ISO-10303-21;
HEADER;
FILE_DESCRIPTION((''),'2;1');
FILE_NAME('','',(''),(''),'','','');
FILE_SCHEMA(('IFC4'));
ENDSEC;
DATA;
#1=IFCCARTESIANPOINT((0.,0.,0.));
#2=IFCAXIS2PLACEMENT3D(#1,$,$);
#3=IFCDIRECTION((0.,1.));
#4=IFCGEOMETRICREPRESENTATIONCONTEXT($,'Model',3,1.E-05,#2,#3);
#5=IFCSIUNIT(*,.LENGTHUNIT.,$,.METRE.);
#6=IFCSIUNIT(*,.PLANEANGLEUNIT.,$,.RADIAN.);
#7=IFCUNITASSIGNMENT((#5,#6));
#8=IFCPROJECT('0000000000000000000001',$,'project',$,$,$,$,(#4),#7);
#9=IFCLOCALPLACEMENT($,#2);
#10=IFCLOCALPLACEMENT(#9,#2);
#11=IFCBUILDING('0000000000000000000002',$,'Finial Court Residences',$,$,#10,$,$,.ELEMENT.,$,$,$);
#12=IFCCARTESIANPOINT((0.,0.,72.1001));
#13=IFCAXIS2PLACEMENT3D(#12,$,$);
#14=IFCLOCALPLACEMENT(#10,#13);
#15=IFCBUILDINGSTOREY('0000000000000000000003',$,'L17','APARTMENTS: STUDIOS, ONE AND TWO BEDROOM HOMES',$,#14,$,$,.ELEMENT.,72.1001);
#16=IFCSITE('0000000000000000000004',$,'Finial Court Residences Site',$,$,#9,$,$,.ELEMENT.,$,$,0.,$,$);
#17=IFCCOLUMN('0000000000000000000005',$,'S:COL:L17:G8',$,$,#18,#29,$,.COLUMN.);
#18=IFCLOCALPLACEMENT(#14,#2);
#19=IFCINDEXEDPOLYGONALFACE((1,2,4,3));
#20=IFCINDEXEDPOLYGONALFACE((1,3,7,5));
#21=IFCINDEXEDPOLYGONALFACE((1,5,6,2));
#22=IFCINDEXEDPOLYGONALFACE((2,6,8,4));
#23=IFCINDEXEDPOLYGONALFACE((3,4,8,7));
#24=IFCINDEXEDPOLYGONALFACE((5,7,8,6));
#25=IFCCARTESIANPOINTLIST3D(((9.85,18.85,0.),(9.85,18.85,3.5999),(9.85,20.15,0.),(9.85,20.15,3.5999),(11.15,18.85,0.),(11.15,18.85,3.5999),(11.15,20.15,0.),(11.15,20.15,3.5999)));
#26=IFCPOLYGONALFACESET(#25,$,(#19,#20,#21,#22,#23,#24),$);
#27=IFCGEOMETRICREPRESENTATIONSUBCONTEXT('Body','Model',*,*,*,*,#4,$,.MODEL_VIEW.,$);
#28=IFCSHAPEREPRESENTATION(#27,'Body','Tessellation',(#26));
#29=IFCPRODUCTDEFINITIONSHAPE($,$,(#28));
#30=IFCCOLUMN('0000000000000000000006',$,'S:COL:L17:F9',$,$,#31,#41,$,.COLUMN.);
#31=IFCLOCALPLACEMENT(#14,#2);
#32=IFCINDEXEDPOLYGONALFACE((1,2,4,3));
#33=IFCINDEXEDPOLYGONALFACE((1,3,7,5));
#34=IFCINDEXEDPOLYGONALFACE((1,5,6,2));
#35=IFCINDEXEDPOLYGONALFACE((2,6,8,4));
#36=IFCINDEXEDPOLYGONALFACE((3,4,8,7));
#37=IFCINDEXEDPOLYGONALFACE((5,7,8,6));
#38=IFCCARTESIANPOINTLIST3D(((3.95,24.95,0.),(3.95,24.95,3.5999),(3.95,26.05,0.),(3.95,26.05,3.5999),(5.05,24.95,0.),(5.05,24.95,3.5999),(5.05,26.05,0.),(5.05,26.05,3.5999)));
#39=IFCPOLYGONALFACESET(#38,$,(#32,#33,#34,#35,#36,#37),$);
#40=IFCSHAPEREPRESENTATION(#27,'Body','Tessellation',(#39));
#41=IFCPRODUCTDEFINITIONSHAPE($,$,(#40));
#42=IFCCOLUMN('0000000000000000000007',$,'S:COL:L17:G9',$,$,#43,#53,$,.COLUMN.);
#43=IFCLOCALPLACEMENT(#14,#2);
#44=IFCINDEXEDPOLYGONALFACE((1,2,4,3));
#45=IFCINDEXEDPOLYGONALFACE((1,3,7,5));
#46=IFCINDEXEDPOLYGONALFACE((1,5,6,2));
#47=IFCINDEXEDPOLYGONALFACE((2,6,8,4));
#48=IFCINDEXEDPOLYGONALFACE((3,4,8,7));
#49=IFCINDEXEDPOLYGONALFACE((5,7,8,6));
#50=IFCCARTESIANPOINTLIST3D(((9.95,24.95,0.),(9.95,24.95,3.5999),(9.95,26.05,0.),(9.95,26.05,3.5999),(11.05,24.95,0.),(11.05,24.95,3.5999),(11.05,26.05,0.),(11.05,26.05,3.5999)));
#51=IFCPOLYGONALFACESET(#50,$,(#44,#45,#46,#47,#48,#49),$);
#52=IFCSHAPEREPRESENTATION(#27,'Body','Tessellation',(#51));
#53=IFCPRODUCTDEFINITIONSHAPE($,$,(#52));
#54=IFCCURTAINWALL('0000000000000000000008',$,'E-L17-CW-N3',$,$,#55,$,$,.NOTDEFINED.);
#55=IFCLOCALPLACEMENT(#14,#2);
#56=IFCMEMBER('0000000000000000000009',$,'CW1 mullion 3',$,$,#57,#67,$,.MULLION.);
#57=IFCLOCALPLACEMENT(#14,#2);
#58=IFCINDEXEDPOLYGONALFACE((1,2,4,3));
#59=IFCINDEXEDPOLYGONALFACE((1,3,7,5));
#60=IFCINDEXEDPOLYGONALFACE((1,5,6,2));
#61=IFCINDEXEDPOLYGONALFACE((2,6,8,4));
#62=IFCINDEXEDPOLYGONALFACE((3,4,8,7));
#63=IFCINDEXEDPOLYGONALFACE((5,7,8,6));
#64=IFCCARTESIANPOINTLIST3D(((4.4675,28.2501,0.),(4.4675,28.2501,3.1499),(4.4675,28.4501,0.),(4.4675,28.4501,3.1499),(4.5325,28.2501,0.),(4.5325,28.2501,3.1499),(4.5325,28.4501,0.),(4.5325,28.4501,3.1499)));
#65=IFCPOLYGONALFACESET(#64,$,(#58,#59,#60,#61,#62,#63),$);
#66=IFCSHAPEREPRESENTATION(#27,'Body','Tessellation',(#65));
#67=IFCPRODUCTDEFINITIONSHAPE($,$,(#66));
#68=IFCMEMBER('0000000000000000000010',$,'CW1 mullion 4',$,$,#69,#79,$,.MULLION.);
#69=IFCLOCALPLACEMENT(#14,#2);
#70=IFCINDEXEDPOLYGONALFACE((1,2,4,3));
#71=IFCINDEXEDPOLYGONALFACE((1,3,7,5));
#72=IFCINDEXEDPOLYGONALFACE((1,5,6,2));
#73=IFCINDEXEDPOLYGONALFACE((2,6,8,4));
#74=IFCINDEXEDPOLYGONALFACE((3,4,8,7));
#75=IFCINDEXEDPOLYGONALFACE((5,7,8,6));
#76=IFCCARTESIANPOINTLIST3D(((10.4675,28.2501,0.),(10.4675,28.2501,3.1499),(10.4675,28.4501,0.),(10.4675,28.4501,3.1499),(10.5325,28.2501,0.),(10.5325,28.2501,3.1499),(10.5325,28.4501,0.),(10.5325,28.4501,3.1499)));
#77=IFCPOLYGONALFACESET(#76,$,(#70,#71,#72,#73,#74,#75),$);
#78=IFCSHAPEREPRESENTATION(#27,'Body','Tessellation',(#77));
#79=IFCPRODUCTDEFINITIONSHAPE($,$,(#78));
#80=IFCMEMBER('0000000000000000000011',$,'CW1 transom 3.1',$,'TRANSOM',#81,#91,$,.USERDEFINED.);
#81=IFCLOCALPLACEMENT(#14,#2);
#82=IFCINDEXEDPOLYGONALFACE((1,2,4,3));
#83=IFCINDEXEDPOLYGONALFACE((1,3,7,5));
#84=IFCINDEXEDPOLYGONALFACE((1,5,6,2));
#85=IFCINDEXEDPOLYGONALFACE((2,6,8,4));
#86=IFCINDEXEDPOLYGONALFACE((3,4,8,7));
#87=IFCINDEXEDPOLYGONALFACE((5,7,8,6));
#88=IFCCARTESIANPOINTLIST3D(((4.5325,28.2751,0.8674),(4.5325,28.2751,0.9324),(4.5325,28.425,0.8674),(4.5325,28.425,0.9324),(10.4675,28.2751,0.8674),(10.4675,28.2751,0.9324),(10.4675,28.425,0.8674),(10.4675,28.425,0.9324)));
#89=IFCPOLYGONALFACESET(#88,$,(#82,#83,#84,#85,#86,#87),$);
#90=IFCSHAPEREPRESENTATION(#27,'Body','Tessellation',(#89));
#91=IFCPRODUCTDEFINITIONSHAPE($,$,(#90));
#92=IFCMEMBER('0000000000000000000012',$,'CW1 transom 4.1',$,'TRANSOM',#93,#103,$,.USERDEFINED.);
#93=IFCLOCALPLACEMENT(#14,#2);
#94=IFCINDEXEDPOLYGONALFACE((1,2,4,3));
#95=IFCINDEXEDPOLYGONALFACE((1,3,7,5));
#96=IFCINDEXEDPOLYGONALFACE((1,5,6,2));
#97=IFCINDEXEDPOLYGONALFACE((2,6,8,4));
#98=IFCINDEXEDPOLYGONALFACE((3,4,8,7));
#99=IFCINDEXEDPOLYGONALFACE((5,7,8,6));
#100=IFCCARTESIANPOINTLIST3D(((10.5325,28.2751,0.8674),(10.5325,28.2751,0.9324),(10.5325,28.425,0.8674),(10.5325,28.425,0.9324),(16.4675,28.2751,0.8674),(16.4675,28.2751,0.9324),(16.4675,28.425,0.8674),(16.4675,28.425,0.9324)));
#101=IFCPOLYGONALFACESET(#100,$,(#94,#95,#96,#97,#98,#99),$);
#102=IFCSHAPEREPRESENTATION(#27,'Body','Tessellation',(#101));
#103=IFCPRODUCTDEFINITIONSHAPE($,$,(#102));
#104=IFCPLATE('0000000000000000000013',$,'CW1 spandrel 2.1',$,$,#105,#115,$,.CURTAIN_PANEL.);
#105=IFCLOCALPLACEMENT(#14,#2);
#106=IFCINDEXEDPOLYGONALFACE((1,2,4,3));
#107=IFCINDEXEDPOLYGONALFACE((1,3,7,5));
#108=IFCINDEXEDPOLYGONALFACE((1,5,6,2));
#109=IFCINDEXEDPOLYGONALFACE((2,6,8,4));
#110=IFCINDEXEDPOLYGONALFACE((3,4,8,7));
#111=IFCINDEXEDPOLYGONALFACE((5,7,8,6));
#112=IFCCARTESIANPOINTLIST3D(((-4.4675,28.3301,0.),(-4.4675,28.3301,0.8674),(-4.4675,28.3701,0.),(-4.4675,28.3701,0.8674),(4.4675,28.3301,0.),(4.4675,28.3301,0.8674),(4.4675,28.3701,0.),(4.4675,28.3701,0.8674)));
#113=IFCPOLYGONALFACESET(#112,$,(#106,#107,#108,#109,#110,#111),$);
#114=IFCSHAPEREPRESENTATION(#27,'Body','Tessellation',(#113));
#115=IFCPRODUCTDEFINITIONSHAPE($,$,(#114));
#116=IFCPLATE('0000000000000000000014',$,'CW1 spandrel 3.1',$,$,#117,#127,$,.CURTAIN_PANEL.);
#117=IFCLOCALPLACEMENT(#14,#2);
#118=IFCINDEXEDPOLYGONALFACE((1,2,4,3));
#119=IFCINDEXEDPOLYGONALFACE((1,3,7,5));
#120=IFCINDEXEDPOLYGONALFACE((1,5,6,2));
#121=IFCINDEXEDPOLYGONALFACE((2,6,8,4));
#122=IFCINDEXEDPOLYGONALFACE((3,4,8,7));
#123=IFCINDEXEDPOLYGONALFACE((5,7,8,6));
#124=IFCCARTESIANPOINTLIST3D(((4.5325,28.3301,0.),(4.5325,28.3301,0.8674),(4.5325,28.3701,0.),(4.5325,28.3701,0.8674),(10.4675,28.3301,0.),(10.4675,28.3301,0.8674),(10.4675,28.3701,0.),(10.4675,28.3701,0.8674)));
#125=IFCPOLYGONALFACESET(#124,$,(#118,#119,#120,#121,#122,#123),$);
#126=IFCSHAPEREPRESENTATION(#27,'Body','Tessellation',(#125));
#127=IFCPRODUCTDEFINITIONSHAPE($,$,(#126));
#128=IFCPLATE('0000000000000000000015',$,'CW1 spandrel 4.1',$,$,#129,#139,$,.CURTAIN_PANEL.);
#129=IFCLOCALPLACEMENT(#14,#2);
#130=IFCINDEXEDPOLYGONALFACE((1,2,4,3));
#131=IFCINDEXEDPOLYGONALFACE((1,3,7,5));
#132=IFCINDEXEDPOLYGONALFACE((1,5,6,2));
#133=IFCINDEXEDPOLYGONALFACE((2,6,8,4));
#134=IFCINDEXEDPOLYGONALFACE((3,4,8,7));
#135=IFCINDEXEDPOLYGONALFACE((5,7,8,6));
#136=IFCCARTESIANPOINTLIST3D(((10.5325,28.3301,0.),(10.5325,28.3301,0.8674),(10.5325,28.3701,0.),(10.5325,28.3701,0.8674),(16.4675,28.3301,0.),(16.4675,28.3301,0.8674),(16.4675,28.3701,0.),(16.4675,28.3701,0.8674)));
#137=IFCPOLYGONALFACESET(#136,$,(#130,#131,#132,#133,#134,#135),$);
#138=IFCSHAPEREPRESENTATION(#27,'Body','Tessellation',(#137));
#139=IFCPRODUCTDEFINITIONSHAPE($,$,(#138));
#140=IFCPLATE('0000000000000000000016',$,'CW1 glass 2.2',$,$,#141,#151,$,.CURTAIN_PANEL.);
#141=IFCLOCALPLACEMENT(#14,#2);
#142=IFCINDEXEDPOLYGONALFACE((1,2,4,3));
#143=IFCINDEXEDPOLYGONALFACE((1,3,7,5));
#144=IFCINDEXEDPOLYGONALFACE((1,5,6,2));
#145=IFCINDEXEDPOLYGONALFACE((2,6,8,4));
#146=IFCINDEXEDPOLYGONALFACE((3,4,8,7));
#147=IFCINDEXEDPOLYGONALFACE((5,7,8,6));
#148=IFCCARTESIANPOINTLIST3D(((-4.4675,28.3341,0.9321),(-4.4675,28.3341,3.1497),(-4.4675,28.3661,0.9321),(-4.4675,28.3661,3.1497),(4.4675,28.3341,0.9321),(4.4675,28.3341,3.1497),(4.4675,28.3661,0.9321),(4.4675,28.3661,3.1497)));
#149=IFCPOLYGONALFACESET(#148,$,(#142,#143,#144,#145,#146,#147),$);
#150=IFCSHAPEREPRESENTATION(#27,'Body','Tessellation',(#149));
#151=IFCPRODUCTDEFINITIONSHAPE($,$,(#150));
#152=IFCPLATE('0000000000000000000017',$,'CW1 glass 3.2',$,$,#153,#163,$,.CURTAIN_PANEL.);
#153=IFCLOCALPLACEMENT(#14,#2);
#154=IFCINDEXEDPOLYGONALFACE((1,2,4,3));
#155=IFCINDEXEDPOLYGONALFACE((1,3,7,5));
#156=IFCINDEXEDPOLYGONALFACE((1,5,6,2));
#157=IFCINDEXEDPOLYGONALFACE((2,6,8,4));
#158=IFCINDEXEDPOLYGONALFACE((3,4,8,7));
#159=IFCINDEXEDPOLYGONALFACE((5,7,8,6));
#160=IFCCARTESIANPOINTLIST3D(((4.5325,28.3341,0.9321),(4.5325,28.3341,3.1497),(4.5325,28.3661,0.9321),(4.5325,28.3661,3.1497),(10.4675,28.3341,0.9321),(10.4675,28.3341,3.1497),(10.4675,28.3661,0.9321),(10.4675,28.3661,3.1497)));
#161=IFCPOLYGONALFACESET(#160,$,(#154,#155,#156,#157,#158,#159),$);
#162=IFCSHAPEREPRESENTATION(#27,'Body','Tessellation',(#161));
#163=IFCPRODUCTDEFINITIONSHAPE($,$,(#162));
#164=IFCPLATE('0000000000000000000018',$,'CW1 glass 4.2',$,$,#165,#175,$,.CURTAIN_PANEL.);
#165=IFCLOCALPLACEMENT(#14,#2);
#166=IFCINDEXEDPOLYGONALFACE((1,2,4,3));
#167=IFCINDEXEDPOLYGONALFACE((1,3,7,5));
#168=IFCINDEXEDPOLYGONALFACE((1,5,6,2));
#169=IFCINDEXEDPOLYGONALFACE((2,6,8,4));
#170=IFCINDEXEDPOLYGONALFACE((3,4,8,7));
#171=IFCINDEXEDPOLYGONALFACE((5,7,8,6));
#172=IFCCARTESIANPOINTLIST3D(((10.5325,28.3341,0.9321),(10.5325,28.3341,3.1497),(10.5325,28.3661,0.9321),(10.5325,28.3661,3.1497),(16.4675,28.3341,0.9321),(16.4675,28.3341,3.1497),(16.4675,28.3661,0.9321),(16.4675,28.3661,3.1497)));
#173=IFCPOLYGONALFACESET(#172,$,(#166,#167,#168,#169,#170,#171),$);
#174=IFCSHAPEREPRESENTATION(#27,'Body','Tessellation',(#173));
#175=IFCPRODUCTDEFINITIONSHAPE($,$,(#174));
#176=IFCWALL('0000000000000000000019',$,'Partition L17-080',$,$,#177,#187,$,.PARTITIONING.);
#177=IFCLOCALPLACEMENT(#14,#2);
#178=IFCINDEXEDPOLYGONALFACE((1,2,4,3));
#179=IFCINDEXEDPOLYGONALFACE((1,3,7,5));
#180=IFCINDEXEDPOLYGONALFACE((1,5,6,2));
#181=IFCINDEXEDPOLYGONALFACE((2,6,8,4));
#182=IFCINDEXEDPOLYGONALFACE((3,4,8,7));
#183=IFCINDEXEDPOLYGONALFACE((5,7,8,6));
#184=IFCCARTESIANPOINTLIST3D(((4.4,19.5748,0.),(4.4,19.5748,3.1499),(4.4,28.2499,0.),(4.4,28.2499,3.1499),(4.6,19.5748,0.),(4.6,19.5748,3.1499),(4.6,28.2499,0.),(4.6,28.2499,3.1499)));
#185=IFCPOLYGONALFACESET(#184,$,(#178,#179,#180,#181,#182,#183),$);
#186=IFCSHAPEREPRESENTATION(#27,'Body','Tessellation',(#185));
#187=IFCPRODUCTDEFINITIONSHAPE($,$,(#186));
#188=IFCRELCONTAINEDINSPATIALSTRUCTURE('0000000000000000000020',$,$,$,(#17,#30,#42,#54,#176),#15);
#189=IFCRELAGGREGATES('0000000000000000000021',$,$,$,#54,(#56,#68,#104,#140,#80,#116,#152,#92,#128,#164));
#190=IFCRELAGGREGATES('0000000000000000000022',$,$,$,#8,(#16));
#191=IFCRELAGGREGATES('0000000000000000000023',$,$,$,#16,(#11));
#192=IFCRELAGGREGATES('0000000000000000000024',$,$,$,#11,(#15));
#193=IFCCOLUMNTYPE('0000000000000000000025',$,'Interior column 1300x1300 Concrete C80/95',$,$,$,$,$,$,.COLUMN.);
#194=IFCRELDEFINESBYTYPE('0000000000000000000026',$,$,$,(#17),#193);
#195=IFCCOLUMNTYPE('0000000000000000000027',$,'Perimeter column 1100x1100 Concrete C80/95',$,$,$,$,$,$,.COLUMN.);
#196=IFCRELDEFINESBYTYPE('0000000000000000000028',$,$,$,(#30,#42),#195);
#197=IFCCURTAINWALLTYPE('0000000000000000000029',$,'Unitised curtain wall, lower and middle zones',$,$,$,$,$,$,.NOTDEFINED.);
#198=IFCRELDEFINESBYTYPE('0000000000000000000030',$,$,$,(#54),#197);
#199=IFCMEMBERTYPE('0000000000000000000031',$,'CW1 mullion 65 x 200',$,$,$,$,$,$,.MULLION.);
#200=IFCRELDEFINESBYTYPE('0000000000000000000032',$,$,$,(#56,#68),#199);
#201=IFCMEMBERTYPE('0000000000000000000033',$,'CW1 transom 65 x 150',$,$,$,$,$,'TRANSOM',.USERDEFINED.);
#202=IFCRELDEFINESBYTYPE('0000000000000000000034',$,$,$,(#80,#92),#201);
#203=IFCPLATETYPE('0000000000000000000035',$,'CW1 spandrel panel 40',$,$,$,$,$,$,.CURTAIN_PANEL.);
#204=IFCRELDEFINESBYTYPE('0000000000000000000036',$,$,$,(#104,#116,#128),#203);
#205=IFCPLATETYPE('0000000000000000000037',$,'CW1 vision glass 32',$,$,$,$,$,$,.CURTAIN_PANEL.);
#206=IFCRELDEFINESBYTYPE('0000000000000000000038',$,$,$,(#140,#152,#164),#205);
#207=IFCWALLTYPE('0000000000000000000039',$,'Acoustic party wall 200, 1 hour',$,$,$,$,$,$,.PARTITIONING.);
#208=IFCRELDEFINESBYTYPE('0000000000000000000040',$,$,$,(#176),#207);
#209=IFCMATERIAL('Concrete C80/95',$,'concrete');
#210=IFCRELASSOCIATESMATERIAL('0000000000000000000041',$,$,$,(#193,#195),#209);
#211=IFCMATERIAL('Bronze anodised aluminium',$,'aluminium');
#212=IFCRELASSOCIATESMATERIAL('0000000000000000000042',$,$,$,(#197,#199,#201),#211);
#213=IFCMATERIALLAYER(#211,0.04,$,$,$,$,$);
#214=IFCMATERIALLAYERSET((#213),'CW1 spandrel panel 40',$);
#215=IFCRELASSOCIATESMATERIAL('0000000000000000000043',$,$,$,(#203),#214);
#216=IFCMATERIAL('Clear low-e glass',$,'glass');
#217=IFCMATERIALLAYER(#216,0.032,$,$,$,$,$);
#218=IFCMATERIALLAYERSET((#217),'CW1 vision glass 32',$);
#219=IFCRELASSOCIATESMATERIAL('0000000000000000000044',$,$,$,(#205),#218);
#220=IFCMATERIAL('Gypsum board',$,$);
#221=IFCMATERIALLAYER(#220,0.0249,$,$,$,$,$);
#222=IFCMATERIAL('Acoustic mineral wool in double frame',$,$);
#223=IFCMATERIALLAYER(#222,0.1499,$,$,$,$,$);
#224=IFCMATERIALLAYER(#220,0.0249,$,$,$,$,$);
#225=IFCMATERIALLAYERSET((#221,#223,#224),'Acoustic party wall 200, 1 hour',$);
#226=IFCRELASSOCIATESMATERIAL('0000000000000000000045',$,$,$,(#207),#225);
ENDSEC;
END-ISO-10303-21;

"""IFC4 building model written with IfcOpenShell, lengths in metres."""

from ifc_helpers import new_model, si_unit, direction, frame, frame_2d, origin, origin_2d, place, context, subcontext, project, spatial, rectangle, extrude, material, layer, layer_set, material_profile, profile_set, type_object, element, aggregate, save


model = new_model("IFC4")

# Units and contexts
model_context = context("Model", 3, precision=1e-05, world=origin(), true_north=direction((0.0, 1.0)))
body_context = subcontext(model_context, "Body", "Model", "MODEL_VIEW")
ifc_project = project(units=[si_unit("LENGTHUNIT", "METRE"), si_unit("PLANEANGLEUNIT", "RADIAN")], contexts=[model_context])

# Site, building, storey
site_placement = place(None, origin())
site = spatial("IfcSite", under=ifc_project, at=site_placement, Name="Finial Court Residences Site", CompositionType="ELEMENT", RefElevation=0.0)
building_placement = place(site_placement, origin())
building = spatial("IfcBuilding", under=site, at=building_placement, Name="Finial Court Residences", CompositionType="ELEMENT")
storey_placement = place(building_placement, frame((0.0, 0.0, 72.1001)))
storey = spatial("IfcBuildingStorey", under=building, at=storey_placement, Name="L17", Description="APARTMENTS: STUDIOS, ONE AND TWO BEDROOM HOMES", CompositionType="ELEMENT", Elevation=72.1001)

# Columns
ifc_material_1 = material(Name="Concrete C80/95", Category="concrete")
ifc_material_profile_1 = material_profile(ifc_material_1, rectangle(XDim=1.3, YDim=1.3, at=origin_2d()), Name="1300x1300")
ifc_profile_set_1 = profile_set([ifc_material_profile_1], Name="Concrete C80/95")
column_type_1 = type_object("IfcColumnType", Name="Interior column 1300x1300 Concrete C80/95", PredefinedType="COLUMN", material=ifc_profile_set_1)
column_placement = place(storey_placement, frame((10.5, 19.5, 0.0), z_axis=(0.0, 0.0, 1.0), x_axis=(1.0, 0.0, 0.0)))
element("IfcColumn", 1, at=column_placement, inside=storey, type_object=column_type_1, Name="S:COL:L17:G8", PredefinedType="COLUMN", context=body_context, shape_type="SweptSolid", body=[
    extrude(rectangle(XDim=1.3, YDim=1.3, at=origin_2d()), origin(), (0.0, 0.0, 1.0), 3.5999),
])
ifc_material_profile_2 = material_profile(ifc_material_1, rectangle(XDim=1.1001, YDim=1.1001, at=origin_2d()), Name="1100x1100")
ifc_profile_set_2 = profile_set([ifc_material_profile_2], Name="Concrete C80/95")
column_type_2 = type_object("IfcColumnType", Name="Perimeter column 1100x1100 Concrete C80/95", PredefinedType="COLUMN", material=ifc_profile_set_2)
for number, where, z_axis, x_axis, name in (
    (2, (4.5, 25.5, 0.0), (0.0, 0.0, 1.0), (1.0, 0.0, 0.0), "S:COL:L17:F9"),
    (3, (10.5, 25.5, 0.0), (0.0, 0.0, 1.0), (1.0, 0.0, 0.0), "S:COL:L17:G9"),
):
    element("IfcColumn", number, at=place(storey_placement, frame(where, z_axis=z_axis, x_axis=x_axis)), inside=storey, type_object=column_type_2, Name=name, PredefinedType="COLUMN", context=body_context, shape_type="SweptSolid", body=[
        extrude(rectangle(XDim=1.1001, YDim=1.1001, at=origin_2d()), origin(), (0.0, 0.0, 1.0), 3.5999),
    ])

# Curtain wall, members, plates
ifc_material_2 = material(Name="Bronze anodised aluminium", Category="aluminium")
curtain_wall_type = type_object("IfcCurtainWallType", Name="Unitised curtain wall, lower and middle zones", PredefinedType="NOTDEFINED", material=ifc_material_2)
curtain_wall_placement = place(storey_placement, origin())
curtain_wall = element("IfcCurtainWall", 4, at=curtain_wall_placement, inside=storey, type_object=curtain_wall_type, Name="E-L17-CW-N3", PredefinedType="NOTDEFINED")
ifc_material_profile_3 = material_profile(ifc_material_2, rectangle(XDim=0.2, YDim=0.0649, at=origin_2d()), Name="CW1 mullion 65 x 200")
ifc_profile_set_3 = profile_set([ifc_material_profile_3], Name="Bronze anodised aluminium")
member_type_1 = type_object("IfcMemberType", Name="CW1 mullion 65 x 200", PredefinedType="MULLION", material=ifc_profile_set_3)
member_1_placement = place(storey_placement, frame((4.5, 28.3501, 0.0), z_axis=(0.0, 0.0, 1.0), x_axis=(0.0, 1.0, 0.0)))
member_1 = element("IfcMember", 5, at=member_1_placement, type_object=member_type_1, Name="CW1 mullion 3", PredefinedType="MULLION", context=body_context, shape_type="SweptSolid", body=[
    extrude(rectangle(XDim=0.2, YDim=0.0649, at=origin_2d()), origin(), (0.0, 0.0, 1.0), 3.1499),
])
member_2_placement = place(storey_placement, frame((10.5, 28.3501, 0.0), z_axis=(0.0, 0.0, 1.0), x_axis=(0.0, 1.0, 0.0)))
member_2 = element("IfcMember", 6, at=member_2_placement, type_object=member_type_1, Name="CW1 mullion 4", PredefinedType="MULLION", context=body_context, shape_type="SweptSolid", body=[
    extrude(rectangle(XDim=0.2, YDim=0.0649, at=origin_2d()), origin(), (0.0, 0.0, 1.0), 3.1499),
])
ifc_material_profile_4 = material_profile(ifc_material_2, rectangle(XDim=0.1499, YDim=0.0649, at=origin_2d()), Name="CW1 transom 65 x 150")
ifc_profile_set_4 = profile_set([ifc_material_profile_4], Name="Bronze anodised aluminium")
member_type_2 = type_object("IfcMemberType", Name="CW1 transom 65 x 150", ElementType="TRANSOM", PredefinedType="USERDEFINED", material=ifc_profile_set_4)
member_3_placement = place(storey_placement, frame((4.5325, 28.3501, 0.8999), z_axis=(1.0, 0.0, 0.0), x_axis=(0.0, 1.0, 0.0)))
member_3 = element("IfcMember", 7, at=member_3_placement, type_object=member_type_2, Name="CW1 transom 3.1", ObjectType="TRANSOM", PredefinedType="USERDEFINED", context=body_context, shape_type="SweptSolid", body=[
    extrude(rectangle(XDim=0.1499, YDim=0.0649, at=origin_2d()), origin(), (0.0, 0.0, 1.0), 5.9351),
])
member_4_placement = place(storey_placement, frame((10.5325, 28.3501, 0.8999), z_axis=(1.0, 0.0, 0.0), x_axis=(0.0, 1.0, 0.0)))
member_4 = element("IfcMember", 8, at=member_4_placement, type_object=member_type_2, Name="CW1 transom 4.1", ObjectType="TRANSOM", PredefinedType="USERDEFINED", context=body_context, shape_type="SweptSolid", body=[
    extrude(rectangle(XDim=0.1499, YDim=0.0649, at=origin_2d()), origin(), (0.0, 0.0, 1.0), 5.9351),
])
ifc_layer_1 = layer(ifc_material_2, 0.04)
ifc_layer_set_1 = layer_set([ifc_layer_1], Name="CW1 spandrel panel 40")
plate_type_1 = type_object("IfcPlateType", Name="CW1 spandrel panel 40", PredefinedType="CURTAIN_PANEL", material=ifc_layer_set_1)
plate_1_placement = place(storey_placement, frame((0.0, 28.3501, 0.0), z_axis=(0.0, 0.0, 1.0), x_axis=(1.0, 0.0, 0.0)))
plate_1 = element("IfcPlate", 9, at=plate_1_placement, type_object=plate_type_1, Name="CW1 spandrel 2.1", PredefinedType="CURTAIN_PANEL", context=body_context, shape_type="SweptSolid", body=[
    extrude(rectangle(XDim=8.9351, YDim=0.04, at=origin_2d()), origin(), (0.0, 0.0, 1.0), 0.8674),
])
plate_2_placement = place(storey_placement, frame((7.5, 28.3501, 0.0), z_axis=(0.0, 0.0, 1.0), x_axis=(1.0, 0.0, 0.0)))
plate_2 = element("IfcPlate", 10, at=plate_2_placement, type_object=plate_type_1, Name="CW1 spandrel 3.1", PredefinedType="CURTAIN_PANEL", context=body_context, shape_type="SweptSolid", body=[
    extrude(rectangle(XDim=5.9351, YDim=0.04, at=origin_2d()), origin(), (0.0, 0.0, 1.0), 0.8674),
])
plate_3_placement = place(storey_placement, frame((13.5, 28.3501, 0.0), z_axis=(0.0, 0.0, 1.0), x_axis=(1.0, 0.0, 0.0)))
plate_3 = element("IfcPlate", 11, at=plate_3_placement, type_object=plate_type_1, Name="CW1 spandrel 4.1", PredefinedType="CURTAIN_PANEL", context=body_context, shape_type="SweptSolid", body=[
    extrude(rectangle(XDim=5.9351, YDim=0.04, at=origin_2d()), origin(), (0.0, 0.0, 1.0), 0.8674),
])
ifc_material_3 = material(Name="Clear low-e glass", Category="glass")
ifc_layer_2 = layer(ifc_material_3, 0.032)
ifc_layer_set_2 = layer_set([ifc_layer_2], Name="CW1 vision glass 32")
plate_type_2 = type_object("IfcPlateType", Name="CW1 vision glass 32", PredefinedType="CURTAIN_PANEL", material=ifc_layer_set_2)
plate_4_placement = place(storey_placement, frame((0.0, 28.3501, 0.9321), z_axis=(0.0, 0.0, 1.0), x_axis=(1.0, 0.0, 0.0)))
plate_4 = element("IfcPlate", 12, at=plate_4_placement, type_object=plate_type_2, Name="CW1 glass 2.2", PredefinedType="CURTAIN_PANEL", context=body_context, shape_type="SweptSolid", body=[
    extrude(rectangle(XDim=8.9351, YDim=0.032, at=origin_2d()), origin(), (0.0, 0.0, 1.0), 2.2175),
])
plate_5_placement = place(storey_placement, frame((7.5, 28.3501, 0.9321), z_axis=(0.0, 0.0, 1.0), x_axis=(1.0, 0.0, 0.0)))
plate_5 = element("IfcPlate", 13, at=plate_5_placement, type_object=plate_type_2, Name="CW1 glass 3.2", PredefinedType="CURTAIN_PANEL", context=body_context, shape_type="SweptSolid", body=[
    extrude(rectangle(XDim=5.9351, YDim=0.032, at=origin_2d()), origin(), (0.0, 0.0, 1.0), 2.2175),
])
plate_6_placement = place(storey_placement, frame((13.5, 28.3501, 0.9321), z_axis=(0.0, 0.0, 1.0), x_axis=(1.0, 0.0, 0.0)))
plate_6 = element("IfcPlate", 14, at=plate_6_placement, type_object=plate_type_2, Name="CW1 glass 4.2", PredefinedType="CURTAIN_PANEL", context=body_context, shape_type="SweptSolid", body=[
    extrude(rectangle(XDim=5.9351, YDim=0.032, at=origin_2d()), origin(), (0.0, 0.0, 1.0), 2.2175),
])
aggregate(curtain_wall, [member_1, member_2, plate_1, plate_4, member_3, plate_2, plate_5, member_4, plate_3, plate_6])

# Wall
ifc_material_4 = material(Name="Gypsum board")
ifc_layer_3 = layer(ifc_material_4, 0.0249)
ifc_material_5 = material(Name="Acoustic mineral wool in double frame")
ifc_layer_4 = layer(ifc_material_5, 0.1499)
ifc_layer_5 = layer(ifc_material_4, 0.0249)
ifc_layer_set_3 = layer_set([ifc_layer_3, ifc_layer_4, ifc_layer_5], Name="Acoustic party wall 200, 1 hour")
wall_type_1 = type_object("IfcWallType", Name="Acoustic party wall 200, 1 hour", PredefinedType="PARTITIONING", material=ifc_layer_set_3)
wall_1_placement = place(storey_placement, frame((4.5, 19.575, 0.0), z_axis=(0.0, 0.0, 1.0), x_axis=(0.0, 1.0, 0.0)))
element("IfcWall", 15, at=wall_1_placement, inside=storey, type_object=wall_type_1, Name="Partition L17-080", PredefinedType="PARTITIONING", context=body_context, shape_type="SweptSolid", body=[
    extrude(rectangle(XDim=8.675, YDim=0.2, at=frame_2d((4.3374, 0.0))), origin(), (0.0, 0.0, 1.0), 3.1499),
])

save(model, "model.ifc")
